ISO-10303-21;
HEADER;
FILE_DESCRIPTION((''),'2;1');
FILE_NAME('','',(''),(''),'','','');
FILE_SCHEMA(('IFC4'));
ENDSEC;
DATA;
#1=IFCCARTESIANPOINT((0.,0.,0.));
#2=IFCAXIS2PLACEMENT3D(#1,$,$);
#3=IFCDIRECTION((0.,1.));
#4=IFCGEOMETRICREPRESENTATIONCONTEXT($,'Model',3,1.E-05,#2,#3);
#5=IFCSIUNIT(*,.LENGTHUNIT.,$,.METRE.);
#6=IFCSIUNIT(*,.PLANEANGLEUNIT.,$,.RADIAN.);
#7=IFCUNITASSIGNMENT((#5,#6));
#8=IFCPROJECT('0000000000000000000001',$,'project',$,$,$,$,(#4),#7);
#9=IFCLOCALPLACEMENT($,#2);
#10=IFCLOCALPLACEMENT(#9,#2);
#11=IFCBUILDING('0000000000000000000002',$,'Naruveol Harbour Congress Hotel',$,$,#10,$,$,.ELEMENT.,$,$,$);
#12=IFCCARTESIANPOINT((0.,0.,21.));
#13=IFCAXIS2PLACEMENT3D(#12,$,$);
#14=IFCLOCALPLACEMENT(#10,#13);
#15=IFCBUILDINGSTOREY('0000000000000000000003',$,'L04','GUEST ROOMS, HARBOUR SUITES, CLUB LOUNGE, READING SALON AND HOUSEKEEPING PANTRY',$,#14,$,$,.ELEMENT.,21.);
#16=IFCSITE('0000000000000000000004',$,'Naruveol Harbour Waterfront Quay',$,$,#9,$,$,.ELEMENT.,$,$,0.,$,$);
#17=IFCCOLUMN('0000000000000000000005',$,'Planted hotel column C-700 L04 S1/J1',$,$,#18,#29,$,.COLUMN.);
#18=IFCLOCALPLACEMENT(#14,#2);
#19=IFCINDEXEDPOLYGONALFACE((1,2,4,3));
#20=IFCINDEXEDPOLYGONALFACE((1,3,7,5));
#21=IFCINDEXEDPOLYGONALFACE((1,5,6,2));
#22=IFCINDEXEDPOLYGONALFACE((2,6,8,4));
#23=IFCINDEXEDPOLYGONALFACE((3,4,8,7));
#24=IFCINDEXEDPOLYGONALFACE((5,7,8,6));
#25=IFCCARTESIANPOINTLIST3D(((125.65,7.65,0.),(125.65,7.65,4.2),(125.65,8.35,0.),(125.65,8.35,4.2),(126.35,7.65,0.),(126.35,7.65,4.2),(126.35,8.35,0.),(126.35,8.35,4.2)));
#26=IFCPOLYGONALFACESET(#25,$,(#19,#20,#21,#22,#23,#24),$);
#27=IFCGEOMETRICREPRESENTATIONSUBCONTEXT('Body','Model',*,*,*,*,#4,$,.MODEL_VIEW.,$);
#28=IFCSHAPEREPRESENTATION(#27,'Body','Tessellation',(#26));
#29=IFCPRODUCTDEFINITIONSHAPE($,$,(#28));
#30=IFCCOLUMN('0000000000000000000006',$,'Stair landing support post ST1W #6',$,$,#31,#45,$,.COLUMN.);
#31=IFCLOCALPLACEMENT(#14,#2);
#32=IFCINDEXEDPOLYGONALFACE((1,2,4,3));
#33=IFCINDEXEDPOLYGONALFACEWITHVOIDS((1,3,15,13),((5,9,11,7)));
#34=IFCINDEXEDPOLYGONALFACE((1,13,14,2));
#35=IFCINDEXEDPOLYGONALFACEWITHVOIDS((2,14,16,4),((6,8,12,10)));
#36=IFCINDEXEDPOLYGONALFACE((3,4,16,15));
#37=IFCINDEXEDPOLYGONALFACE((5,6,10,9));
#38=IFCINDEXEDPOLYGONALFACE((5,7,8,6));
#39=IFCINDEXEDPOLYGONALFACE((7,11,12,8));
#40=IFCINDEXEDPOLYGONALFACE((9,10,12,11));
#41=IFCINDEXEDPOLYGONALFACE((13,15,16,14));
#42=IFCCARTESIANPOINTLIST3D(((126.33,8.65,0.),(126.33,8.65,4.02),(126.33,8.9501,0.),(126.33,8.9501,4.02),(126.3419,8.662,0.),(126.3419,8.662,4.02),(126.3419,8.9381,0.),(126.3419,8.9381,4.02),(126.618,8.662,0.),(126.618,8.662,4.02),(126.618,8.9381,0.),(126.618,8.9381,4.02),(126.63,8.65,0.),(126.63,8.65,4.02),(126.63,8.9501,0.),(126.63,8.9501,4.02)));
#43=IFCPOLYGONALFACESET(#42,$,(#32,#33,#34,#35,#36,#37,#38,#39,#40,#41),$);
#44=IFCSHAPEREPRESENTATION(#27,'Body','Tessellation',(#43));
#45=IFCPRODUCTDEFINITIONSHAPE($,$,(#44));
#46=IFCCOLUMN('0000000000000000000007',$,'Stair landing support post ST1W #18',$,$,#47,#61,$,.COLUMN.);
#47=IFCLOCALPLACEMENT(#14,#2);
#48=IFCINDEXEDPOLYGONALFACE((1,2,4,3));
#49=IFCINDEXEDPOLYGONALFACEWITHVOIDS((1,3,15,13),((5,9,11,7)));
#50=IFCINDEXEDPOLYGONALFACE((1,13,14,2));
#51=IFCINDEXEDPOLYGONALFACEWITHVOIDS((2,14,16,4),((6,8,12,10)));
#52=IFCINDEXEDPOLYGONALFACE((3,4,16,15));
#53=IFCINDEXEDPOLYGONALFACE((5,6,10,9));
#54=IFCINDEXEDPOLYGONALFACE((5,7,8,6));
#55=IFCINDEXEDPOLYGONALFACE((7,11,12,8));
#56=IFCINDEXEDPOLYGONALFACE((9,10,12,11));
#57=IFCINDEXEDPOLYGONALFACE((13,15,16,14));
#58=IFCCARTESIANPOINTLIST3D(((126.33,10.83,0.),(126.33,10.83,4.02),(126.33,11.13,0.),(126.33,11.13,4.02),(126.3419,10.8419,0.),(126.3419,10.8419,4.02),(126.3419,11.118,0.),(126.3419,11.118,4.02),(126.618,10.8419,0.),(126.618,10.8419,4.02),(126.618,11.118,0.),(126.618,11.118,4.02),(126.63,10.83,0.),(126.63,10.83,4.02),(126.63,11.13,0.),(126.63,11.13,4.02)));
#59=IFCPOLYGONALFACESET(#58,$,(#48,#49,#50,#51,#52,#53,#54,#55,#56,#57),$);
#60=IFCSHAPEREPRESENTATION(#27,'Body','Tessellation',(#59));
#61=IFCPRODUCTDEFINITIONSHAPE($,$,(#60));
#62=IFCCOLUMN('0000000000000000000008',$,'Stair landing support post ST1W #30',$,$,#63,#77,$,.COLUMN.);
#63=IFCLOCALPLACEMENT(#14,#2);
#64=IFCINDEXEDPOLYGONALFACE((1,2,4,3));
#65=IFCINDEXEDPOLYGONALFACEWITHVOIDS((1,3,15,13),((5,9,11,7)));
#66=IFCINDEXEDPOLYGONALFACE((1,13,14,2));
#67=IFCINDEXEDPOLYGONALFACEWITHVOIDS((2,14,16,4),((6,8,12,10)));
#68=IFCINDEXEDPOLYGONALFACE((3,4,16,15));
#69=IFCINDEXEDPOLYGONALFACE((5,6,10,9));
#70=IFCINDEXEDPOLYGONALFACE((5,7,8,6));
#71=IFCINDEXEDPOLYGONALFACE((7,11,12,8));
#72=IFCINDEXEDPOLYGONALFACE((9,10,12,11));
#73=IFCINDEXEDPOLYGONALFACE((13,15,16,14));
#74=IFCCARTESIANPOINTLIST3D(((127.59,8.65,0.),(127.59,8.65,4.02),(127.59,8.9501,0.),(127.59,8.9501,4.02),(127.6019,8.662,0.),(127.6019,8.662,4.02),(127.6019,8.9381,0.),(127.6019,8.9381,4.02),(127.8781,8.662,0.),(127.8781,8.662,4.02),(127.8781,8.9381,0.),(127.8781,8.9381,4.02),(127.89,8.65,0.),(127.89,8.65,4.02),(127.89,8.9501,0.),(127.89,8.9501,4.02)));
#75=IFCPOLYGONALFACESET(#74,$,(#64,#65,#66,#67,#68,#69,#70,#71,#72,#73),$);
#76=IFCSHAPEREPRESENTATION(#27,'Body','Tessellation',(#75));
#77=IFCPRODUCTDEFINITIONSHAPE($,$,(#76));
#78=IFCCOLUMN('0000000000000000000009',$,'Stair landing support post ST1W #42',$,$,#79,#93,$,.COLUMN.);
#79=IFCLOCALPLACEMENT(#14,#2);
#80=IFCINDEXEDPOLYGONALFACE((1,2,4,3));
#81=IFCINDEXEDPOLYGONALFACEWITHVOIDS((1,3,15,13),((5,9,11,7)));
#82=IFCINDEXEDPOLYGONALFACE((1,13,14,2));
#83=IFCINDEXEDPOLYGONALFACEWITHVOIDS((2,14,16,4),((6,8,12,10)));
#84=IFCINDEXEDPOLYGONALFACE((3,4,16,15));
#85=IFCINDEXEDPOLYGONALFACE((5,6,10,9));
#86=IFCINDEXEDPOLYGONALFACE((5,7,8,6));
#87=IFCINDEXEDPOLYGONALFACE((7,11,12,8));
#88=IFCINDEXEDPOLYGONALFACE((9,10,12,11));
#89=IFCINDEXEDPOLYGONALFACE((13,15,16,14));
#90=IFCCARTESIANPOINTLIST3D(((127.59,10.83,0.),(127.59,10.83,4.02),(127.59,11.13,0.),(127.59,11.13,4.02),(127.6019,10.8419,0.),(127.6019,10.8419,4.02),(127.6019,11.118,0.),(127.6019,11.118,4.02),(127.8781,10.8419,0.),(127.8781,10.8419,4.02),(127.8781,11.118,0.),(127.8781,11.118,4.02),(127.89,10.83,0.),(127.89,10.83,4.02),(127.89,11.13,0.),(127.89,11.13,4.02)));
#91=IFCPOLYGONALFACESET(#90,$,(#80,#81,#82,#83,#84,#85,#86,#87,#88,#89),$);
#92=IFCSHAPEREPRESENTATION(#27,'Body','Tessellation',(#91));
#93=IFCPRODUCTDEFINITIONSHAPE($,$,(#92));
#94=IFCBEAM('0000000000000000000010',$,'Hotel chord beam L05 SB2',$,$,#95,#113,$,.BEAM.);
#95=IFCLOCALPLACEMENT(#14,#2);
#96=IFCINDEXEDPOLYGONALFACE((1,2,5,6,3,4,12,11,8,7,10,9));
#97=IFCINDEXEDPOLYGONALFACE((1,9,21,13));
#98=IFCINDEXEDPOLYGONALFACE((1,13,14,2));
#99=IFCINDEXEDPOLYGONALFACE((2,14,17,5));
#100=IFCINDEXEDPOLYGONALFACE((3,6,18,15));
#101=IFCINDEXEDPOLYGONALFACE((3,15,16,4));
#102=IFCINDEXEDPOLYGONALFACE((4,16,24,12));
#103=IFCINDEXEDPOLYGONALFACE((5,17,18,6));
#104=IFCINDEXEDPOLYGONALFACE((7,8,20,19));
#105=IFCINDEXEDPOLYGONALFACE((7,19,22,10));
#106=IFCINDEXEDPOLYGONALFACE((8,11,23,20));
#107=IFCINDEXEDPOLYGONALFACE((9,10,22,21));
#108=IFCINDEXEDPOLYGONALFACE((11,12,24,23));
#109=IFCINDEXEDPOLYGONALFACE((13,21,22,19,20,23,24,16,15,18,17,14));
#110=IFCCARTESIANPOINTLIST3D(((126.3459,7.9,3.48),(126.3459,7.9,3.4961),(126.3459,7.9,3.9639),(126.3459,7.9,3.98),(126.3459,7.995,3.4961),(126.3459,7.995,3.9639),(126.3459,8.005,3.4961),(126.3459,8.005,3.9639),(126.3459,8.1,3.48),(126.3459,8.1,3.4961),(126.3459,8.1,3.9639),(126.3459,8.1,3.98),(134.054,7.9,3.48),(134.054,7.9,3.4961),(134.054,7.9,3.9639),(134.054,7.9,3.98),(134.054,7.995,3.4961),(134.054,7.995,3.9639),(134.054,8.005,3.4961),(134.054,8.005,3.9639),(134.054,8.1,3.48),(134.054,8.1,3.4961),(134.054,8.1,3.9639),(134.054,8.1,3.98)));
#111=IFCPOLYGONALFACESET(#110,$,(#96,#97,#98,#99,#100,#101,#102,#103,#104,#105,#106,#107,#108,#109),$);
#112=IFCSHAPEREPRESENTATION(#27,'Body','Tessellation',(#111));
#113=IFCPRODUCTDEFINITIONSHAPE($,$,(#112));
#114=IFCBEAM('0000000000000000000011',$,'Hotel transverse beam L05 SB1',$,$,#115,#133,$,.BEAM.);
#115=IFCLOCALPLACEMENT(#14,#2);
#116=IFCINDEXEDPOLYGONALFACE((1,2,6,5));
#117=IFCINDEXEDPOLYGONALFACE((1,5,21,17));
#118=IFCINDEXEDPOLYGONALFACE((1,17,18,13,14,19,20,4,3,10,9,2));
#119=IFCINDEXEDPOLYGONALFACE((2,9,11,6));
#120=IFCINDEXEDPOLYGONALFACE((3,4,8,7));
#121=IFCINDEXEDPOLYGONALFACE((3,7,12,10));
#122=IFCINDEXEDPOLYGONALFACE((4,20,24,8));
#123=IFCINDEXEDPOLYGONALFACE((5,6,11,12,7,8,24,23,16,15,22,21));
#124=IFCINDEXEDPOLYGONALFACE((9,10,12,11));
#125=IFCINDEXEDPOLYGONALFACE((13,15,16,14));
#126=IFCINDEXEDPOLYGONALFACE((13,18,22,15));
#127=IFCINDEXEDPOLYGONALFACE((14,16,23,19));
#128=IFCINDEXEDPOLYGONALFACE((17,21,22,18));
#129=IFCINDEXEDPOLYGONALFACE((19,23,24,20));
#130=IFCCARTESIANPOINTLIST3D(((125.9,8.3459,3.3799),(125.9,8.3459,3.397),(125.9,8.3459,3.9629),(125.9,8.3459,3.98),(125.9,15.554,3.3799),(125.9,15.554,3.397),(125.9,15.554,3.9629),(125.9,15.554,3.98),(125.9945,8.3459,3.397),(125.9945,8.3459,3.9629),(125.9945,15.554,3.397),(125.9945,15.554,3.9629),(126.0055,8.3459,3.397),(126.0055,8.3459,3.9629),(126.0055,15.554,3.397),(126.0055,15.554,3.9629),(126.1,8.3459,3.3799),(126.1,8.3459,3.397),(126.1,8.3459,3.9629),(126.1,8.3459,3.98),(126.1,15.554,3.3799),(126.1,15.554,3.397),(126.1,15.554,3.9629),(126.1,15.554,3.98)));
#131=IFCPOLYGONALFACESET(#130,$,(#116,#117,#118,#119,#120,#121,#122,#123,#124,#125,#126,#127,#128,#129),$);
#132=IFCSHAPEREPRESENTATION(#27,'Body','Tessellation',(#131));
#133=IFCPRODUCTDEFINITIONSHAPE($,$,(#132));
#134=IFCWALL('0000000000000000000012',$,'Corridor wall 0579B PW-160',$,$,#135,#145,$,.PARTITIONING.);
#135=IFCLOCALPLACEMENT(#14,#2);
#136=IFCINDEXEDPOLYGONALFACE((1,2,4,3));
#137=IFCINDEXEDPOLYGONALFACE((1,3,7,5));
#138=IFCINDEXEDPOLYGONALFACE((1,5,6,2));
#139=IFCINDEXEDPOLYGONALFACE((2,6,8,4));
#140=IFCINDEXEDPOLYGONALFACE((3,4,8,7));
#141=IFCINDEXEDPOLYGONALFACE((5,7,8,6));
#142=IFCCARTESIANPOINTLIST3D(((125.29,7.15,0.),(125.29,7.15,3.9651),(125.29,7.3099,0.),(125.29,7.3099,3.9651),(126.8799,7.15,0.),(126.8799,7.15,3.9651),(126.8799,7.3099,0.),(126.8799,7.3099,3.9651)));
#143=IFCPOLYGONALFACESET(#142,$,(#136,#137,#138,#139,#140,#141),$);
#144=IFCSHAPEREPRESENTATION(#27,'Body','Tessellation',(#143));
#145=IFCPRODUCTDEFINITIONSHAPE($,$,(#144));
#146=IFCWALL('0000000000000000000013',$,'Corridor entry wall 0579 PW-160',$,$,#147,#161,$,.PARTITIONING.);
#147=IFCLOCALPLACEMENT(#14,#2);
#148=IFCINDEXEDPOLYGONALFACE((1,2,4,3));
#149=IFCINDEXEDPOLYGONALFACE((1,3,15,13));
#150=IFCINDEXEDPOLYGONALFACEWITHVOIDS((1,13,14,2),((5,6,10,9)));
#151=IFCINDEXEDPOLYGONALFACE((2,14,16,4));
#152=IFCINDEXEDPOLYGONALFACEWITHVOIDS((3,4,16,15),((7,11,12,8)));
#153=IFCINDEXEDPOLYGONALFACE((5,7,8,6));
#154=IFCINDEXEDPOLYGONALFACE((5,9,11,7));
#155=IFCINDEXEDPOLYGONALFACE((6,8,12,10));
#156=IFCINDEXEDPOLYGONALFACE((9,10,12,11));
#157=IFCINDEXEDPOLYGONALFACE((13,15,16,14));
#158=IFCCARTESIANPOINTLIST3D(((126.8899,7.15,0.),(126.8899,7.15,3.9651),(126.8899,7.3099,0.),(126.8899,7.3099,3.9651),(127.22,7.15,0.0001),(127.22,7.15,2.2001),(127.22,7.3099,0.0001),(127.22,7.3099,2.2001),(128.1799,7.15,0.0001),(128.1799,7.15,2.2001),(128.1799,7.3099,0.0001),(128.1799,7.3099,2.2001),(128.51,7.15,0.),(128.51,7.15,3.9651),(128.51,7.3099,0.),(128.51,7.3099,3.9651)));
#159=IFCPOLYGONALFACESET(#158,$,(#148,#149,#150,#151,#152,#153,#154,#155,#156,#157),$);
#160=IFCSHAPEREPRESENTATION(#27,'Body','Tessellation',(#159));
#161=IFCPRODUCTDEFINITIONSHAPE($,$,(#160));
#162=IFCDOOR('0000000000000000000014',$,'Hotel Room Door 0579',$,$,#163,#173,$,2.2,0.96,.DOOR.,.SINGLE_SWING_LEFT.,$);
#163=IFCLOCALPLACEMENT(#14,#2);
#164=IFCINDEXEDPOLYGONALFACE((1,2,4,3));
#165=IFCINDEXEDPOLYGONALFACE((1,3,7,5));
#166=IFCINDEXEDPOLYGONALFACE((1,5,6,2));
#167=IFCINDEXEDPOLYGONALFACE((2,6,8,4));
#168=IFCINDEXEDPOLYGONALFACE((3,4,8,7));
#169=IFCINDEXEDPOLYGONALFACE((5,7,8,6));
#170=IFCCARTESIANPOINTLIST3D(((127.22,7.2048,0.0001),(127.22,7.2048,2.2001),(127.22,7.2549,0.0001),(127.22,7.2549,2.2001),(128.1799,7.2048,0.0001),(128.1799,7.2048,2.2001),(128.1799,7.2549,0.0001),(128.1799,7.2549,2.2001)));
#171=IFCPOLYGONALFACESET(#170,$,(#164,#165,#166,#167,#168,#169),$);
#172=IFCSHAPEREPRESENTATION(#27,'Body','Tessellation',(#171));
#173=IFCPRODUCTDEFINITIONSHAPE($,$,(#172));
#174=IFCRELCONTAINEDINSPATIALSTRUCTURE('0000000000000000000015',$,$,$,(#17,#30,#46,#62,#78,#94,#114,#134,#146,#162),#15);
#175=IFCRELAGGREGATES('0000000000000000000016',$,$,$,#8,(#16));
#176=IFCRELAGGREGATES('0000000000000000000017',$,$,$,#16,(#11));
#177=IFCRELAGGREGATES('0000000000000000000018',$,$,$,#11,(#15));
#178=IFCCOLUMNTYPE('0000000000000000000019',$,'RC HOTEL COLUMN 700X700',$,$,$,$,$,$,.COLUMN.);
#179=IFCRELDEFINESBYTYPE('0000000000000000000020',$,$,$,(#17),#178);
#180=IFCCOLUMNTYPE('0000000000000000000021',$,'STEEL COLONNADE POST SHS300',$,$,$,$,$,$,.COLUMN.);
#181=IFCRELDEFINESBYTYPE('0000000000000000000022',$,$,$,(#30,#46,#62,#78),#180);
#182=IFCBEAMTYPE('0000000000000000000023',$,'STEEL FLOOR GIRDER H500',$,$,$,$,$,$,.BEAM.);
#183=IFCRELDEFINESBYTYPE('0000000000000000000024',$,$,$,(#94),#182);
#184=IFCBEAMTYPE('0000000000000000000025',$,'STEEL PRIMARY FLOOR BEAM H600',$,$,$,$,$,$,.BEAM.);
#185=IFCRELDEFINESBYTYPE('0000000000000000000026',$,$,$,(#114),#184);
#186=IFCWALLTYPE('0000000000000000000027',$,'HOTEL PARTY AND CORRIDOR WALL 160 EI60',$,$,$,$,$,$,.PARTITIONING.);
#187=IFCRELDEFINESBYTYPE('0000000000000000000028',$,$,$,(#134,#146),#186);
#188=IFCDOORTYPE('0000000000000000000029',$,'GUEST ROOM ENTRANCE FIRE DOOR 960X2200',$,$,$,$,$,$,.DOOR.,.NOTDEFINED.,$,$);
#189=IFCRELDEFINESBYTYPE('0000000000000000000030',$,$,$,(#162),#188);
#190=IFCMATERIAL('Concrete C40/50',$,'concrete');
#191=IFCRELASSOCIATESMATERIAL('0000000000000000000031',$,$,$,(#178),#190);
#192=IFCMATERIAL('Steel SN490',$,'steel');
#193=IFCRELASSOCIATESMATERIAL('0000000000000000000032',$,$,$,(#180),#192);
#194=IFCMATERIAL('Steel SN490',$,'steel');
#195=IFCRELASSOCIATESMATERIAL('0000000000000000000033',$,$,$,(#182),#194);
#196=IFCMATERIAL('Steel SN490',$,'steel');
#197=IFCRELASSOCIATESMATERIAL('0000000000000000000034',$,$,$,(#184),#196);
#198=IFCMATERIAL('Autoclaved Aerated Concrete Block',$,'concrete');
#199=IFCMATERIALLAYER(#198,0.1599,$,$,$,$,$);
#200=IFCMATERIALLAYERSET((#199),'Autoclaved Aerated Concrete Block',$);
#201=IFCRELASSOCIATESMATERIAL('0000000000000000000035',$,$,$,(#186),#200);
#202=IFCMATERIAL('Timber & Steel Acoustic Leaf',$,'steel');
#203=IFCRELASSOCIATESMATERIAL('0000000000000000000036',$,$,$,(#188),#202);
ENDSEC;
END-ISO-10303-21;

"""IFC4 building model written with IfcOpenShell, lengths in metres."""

from ifc_helpers import new_model, si_unit, direction, frame, frame_2d, origin, origin_2d, place, context, subcontext, project, spatial, rectangle, hollow_rectangle, i_section, extrude, material, layer, layer_set, material_profile, profile_set, type_object, element, fill, save


model = new_model("IFC4")

# Units and contexts
model_context = context("Model", 3, precision=1e-05, world=origin(), true_north=direction((0.0, 1.0)))
body_context = subcontext(model_context, "Body", "Model", "MODEL_VIEW")
ifc_project = project(units=[si_unit("LENGTHUNIT", "METRE"), si_unit("PLANEANGLEUNIT", "RADIAN")], contexts=[model_context])

# Site, building, storey
site_placement = place(None, origin())
site = spatial("IfcSite", under=ifc_project, at=site_placement, Name="Naruveol Harbour Waterfront Quay", CompositionType="ELEMENT", RefElevation=0.0)
building_placement = place(site_placement, origin())
building = spatial("IfcBuilding", under=site, at=building_placement, Name="Naruveol Harbour Congress Hotel", CompositionType="ELEMENT")
storey_placement = place(building_placement, frame((0.0, 0.0, 21.0)))
storey = spatial("IfcBuildingStorey", under=building, at=storey_placement, Name="L04", Description="GUEST ROOMS, HARBOUR SUITES, CLUB LOUNGE, READING SALON AND HOUSEKEEPING PANTRY", CompositionType="ELEMENT", Elevation=21.0)

# Columns
ifc_material_1 = material(Name="Concrete C40/50", Category="concrete")
ifc_material_profile_1 = material_profile(ifc_material_1, rectangle(XDim=0.7, YDim=0.7, at=origin_2d()), Name="RC-700x700")
ifc_profile_set_1 = profile_set([ifc_material_profile_1], Name="Concrete C40/50")
column_type_1 = type_object("IfcColumnType", Name="RC HOTEL COLUMN 700X700", PredefinedType="COLUMN", material=ifc_profile_set_1)
column_placement = place(storey_placement, frame((126.0, 8.0, 0.0), z_axis=(0.0, 0.0, 1.0), x_axis=(1.0, 0.0, 0.0)))
element("IfcColumn", 1, at=column_placement, inside=storey, type_object=column_type_1, Name="Planted hotel column C-700 L04 S1/J1", PredefinedType="COLUMN", context=body_context, shape_type="SweptSolid", body=[
    extrude(rectangle(XDim=0.7, YDim=0.7, at=origin_2d()), origin(), (0.0, 0.0, 1.0), 4.2),
])
ifc_material_2 = material(Name="Steel SN490", Category="steel")
ifc_material_profile_2 = material_profile(ifc_material_2, hollow_rectangle(XDim=0.3, YDim=0.3, WallThickness=0.012, at=origin_2d()), Name="SHS-300x300x12")
ifc_profile_set_2 = profile_set([ifc_material_profile_2], Name="Steel SN490")
column_type_2 = type_object("IfcColumnType", Name="STEEL COLONNADE POST SHS300", PredefinedType="COLUMN", material=ifc_profile_set_2)
for number, where, z_axis, x_axis, name in (
    (2, (126.48, 8.8, 0.0), (0.0, 0.0, 1.0), (1.0, 0.0, 0.0), "Stair landing support post ST1W #6"),
    (3, (126.48, 10.98, 0.0), (0.0, 0.0, 1.0), (1.0, 0.0, 0.0), "Stair landing support post ST1W #18"),
    (4, (127.74, 8.8, 0.0), (0.0, 0.0, 1.0), (1.0, 0.0, 0.0), "Stair landing support post ST1W #30"),
    (5, (127.74, 10.98, 0.0), (0.0, 0.0, 1.0), (1.0, 0.0, 0.0), "Stair landing support post ST1W #42"),
):
    element("IfcColumn", number, at=place(storey_placement, frame(where, z_axis=z_axis, x_axis=x_axis)), inside=storey, type_object=column_type_2, Name=name, PredefinedType="COLUMN", context=body_context, shape_type="SweptSolid", body=[
        extrude(hollow_rectangle(XDim=0.3, YDim=0.3, WallThickness=0.012, at=origin_2d()), origin(), (0.0, 0.0, 1.0), 4.02),
    ])

# Beams
ifc_material_3 = material(Name="Steel SN490", Category="steel")
ifc_material_profile_3 = material_profile(ifc_material_3, i_section(OverallWidth=0.2, OverallDepth=0.5, WebThickness=0.01, FlangeThickness=0.0161, at=origin_2d()), Name="H-500x200x10x16")
ifc_profile_set_3 = profile_set([ifc_material_profile_3], Name="Steel SN490")
beam_type_1 = type_object("IfcBeamType", Name="STEEL FLOOR GIRDER H500", PredefinedType="BEAM", material=ifc_profile_set_3)
beam_1_placement = place(storey_placement, frame((126.3459, 8.0, 3.73), z_axis=(1.0, 0.0, 0.0), x_axis=(0.0, 1.0, 0.0)))
element("IfcBeam", 6, at=beam_1_placement, inside=storey, type_object=beam_type_1, Name="Hotel chord beam L05 SB2", PredefinedType="BEAM", context=body_context, shape_type="SweptSolid", body=[
    extrude(i_section(OverallWidth=0.2, OverallDepth=0.5, WebThickness=0.01, FlangeThickness=0.0161, at=origin_2d()), origin(), (0.0, 0.0, 1.0), 7.708),
])
ifc_material_4 = material(Name="Steel SN490", Category="steel")
ifc_material_profile_4 = material_profile(ifc_material_4, i_section(OverallWidth=0.2, OverallDepth=0.6001, WebThickness=0.011, FlangeThickness=0.0171, at=origin_2d()), Name="H-600x200x11x17")
ifc_profile_set_4 = profile_set([ifc_material_profile_4], Name="Steel SN490")
beam_type_2 = type_object("IfcBeamType", Name="STEEL PRIMARY FLOOR BEAM H600", PredefinedType="BEAM", material=ifc_profile_set_4)
beam_2_placement = place(storey_placement, frame((126.0, 8.3459, 3.6799), z_axis=(0.0, 1.0, 0.0), x_axis=(-1.0, 0.0, 0.0)))
element("IfcBeam", 7, at=beam_2_placement, inside=storey, type_object=beam_type_2, Name="Hotel transverse beam L05 SB1", PredefinedType="BEAM", context=body_context, shape_type="SweptSolid", body=[
    extrude(i_section(OverallWidth=0.2, OverallDepth=0.6001, WebThickness=0.011, FlangeThickness=0.0171, at=origin_2d()), origin(), (0.0, 0.0, 1.0), 7.208),
])

# Wall
ifc_material_5 = material(Name="Autoclaved Aerated Concrete Block", Category="concrete")
ifc_layer_1 = layer(ifc_material_5, 0.1599)
ifc_layer_set_1 = layer_set([ifc_layer_1], Name="Autoclaved Aerated Concrete Block")
wall_type_1 = type_object("IfcWallType", Name="HOTEL PARTY AND CORRIDOR WALL 160 EI60", PredefinedType="PARTITIONING", material=ifc_layer_set_1)
wall_1_placement = place(storey_placement, frame((125.29, 7.23, 0.0), z_axis=(0.0, 0.0, 1.0), x_axis=(1.0, 0.0, 0.0)))
element("IfcWall", 8, at=wall_1_placement, inside=storey, type_object=wall_type_1, Name="Corridor wall 0579B PW-160", PredefinedType="PARTITIONING", context=body_context, shape_type="SweptSolid", body=[
    extrude(rectangle(XDim=1.5898, YDim=0.1599, at=frame_2d((0.7949, 0.0))), origin(), (0.0, 0.0, 1.0), 3.9651),
])

# Wall, opening, door
wall_2_placement = place(storey_placement, frame((126.8899, 7.23, 0.0), z_axis=(0.0, 0.0, 1.0), x_axis=(1.0, 0.0, 0.0)))
wall_2 = element("IfcWall", 9, at=wall_2_placement, inside=storey, type_object=wall_type_1, Name="Corridor entry wall 0579 PW-160", PredefinedType="PARTITIONING", context=body_context, shape_type="SweptSolid", body=[
    extrude(rectangle(XDim=1.6201, YDim=0.1599, at=frame_2d((0.8101, 0.0))), origin(), (0.0, 0.0, 1.0), 3.9651),
])
opening_1_placement = place(wall_2_placement, frame((0.3301, 0.0, 0.0)))
opening_1 = element("IfcOpeningElement", 10, at=opening_1_placement, cuts=wall_2, PredefinedType="OPENING", context=body_context, shape_type="SweptSolid", body=[
    extrude(rectangle(XDim=0.96, YDim=2.2, at=frame_2d((0.48, 1.1001))), frame((0.0, 0.0898, 0.0), z_axis=(0.0, -1.0, 0.0), x_axis=(1.0, 0.0, 0.0)), (0.0, 0.0, 1.0), 0.1799),
])
ifc_material_6 = material(Name="Timber & Steel Acoustic Leaf", Category="steel")
door_type_1 = type_object("IfcDoorType", Name="GUEST ROOM ENTRANCE FIRE DOOR 960X2200", OperationType="NOTDEFINED", PredefinedType="DOOR", material=ifc_material_6)
door_1_placement = place(opening_1_placement, origin())
door_1 = element("IfcDoor", 11, at=door_1_placement, inside=storey, type_object=door_type_1, Name="Hotel Room Door 0579", OperationType="SINGLE_SWING_LEFT", OverallHeight=2.2, OverallWidth=0.96, PredefinedType="DOOR", context=body_context, shape_type="SweptSolid", body=[
    extrude(rectangle(XDim=0.96, YDim=2.2, at=frame_2d((0.48, 1.1001))), frame((0.0, 0.0249, 0.0), z_axis=(0.0, -1.0, 0.0), x_axis=(1.0, 0.0, 0.0)), (0.0, 0.0, 1.0), 0.05),
])
fill(opening_1, door_1)

save(model, "model.ifc")
